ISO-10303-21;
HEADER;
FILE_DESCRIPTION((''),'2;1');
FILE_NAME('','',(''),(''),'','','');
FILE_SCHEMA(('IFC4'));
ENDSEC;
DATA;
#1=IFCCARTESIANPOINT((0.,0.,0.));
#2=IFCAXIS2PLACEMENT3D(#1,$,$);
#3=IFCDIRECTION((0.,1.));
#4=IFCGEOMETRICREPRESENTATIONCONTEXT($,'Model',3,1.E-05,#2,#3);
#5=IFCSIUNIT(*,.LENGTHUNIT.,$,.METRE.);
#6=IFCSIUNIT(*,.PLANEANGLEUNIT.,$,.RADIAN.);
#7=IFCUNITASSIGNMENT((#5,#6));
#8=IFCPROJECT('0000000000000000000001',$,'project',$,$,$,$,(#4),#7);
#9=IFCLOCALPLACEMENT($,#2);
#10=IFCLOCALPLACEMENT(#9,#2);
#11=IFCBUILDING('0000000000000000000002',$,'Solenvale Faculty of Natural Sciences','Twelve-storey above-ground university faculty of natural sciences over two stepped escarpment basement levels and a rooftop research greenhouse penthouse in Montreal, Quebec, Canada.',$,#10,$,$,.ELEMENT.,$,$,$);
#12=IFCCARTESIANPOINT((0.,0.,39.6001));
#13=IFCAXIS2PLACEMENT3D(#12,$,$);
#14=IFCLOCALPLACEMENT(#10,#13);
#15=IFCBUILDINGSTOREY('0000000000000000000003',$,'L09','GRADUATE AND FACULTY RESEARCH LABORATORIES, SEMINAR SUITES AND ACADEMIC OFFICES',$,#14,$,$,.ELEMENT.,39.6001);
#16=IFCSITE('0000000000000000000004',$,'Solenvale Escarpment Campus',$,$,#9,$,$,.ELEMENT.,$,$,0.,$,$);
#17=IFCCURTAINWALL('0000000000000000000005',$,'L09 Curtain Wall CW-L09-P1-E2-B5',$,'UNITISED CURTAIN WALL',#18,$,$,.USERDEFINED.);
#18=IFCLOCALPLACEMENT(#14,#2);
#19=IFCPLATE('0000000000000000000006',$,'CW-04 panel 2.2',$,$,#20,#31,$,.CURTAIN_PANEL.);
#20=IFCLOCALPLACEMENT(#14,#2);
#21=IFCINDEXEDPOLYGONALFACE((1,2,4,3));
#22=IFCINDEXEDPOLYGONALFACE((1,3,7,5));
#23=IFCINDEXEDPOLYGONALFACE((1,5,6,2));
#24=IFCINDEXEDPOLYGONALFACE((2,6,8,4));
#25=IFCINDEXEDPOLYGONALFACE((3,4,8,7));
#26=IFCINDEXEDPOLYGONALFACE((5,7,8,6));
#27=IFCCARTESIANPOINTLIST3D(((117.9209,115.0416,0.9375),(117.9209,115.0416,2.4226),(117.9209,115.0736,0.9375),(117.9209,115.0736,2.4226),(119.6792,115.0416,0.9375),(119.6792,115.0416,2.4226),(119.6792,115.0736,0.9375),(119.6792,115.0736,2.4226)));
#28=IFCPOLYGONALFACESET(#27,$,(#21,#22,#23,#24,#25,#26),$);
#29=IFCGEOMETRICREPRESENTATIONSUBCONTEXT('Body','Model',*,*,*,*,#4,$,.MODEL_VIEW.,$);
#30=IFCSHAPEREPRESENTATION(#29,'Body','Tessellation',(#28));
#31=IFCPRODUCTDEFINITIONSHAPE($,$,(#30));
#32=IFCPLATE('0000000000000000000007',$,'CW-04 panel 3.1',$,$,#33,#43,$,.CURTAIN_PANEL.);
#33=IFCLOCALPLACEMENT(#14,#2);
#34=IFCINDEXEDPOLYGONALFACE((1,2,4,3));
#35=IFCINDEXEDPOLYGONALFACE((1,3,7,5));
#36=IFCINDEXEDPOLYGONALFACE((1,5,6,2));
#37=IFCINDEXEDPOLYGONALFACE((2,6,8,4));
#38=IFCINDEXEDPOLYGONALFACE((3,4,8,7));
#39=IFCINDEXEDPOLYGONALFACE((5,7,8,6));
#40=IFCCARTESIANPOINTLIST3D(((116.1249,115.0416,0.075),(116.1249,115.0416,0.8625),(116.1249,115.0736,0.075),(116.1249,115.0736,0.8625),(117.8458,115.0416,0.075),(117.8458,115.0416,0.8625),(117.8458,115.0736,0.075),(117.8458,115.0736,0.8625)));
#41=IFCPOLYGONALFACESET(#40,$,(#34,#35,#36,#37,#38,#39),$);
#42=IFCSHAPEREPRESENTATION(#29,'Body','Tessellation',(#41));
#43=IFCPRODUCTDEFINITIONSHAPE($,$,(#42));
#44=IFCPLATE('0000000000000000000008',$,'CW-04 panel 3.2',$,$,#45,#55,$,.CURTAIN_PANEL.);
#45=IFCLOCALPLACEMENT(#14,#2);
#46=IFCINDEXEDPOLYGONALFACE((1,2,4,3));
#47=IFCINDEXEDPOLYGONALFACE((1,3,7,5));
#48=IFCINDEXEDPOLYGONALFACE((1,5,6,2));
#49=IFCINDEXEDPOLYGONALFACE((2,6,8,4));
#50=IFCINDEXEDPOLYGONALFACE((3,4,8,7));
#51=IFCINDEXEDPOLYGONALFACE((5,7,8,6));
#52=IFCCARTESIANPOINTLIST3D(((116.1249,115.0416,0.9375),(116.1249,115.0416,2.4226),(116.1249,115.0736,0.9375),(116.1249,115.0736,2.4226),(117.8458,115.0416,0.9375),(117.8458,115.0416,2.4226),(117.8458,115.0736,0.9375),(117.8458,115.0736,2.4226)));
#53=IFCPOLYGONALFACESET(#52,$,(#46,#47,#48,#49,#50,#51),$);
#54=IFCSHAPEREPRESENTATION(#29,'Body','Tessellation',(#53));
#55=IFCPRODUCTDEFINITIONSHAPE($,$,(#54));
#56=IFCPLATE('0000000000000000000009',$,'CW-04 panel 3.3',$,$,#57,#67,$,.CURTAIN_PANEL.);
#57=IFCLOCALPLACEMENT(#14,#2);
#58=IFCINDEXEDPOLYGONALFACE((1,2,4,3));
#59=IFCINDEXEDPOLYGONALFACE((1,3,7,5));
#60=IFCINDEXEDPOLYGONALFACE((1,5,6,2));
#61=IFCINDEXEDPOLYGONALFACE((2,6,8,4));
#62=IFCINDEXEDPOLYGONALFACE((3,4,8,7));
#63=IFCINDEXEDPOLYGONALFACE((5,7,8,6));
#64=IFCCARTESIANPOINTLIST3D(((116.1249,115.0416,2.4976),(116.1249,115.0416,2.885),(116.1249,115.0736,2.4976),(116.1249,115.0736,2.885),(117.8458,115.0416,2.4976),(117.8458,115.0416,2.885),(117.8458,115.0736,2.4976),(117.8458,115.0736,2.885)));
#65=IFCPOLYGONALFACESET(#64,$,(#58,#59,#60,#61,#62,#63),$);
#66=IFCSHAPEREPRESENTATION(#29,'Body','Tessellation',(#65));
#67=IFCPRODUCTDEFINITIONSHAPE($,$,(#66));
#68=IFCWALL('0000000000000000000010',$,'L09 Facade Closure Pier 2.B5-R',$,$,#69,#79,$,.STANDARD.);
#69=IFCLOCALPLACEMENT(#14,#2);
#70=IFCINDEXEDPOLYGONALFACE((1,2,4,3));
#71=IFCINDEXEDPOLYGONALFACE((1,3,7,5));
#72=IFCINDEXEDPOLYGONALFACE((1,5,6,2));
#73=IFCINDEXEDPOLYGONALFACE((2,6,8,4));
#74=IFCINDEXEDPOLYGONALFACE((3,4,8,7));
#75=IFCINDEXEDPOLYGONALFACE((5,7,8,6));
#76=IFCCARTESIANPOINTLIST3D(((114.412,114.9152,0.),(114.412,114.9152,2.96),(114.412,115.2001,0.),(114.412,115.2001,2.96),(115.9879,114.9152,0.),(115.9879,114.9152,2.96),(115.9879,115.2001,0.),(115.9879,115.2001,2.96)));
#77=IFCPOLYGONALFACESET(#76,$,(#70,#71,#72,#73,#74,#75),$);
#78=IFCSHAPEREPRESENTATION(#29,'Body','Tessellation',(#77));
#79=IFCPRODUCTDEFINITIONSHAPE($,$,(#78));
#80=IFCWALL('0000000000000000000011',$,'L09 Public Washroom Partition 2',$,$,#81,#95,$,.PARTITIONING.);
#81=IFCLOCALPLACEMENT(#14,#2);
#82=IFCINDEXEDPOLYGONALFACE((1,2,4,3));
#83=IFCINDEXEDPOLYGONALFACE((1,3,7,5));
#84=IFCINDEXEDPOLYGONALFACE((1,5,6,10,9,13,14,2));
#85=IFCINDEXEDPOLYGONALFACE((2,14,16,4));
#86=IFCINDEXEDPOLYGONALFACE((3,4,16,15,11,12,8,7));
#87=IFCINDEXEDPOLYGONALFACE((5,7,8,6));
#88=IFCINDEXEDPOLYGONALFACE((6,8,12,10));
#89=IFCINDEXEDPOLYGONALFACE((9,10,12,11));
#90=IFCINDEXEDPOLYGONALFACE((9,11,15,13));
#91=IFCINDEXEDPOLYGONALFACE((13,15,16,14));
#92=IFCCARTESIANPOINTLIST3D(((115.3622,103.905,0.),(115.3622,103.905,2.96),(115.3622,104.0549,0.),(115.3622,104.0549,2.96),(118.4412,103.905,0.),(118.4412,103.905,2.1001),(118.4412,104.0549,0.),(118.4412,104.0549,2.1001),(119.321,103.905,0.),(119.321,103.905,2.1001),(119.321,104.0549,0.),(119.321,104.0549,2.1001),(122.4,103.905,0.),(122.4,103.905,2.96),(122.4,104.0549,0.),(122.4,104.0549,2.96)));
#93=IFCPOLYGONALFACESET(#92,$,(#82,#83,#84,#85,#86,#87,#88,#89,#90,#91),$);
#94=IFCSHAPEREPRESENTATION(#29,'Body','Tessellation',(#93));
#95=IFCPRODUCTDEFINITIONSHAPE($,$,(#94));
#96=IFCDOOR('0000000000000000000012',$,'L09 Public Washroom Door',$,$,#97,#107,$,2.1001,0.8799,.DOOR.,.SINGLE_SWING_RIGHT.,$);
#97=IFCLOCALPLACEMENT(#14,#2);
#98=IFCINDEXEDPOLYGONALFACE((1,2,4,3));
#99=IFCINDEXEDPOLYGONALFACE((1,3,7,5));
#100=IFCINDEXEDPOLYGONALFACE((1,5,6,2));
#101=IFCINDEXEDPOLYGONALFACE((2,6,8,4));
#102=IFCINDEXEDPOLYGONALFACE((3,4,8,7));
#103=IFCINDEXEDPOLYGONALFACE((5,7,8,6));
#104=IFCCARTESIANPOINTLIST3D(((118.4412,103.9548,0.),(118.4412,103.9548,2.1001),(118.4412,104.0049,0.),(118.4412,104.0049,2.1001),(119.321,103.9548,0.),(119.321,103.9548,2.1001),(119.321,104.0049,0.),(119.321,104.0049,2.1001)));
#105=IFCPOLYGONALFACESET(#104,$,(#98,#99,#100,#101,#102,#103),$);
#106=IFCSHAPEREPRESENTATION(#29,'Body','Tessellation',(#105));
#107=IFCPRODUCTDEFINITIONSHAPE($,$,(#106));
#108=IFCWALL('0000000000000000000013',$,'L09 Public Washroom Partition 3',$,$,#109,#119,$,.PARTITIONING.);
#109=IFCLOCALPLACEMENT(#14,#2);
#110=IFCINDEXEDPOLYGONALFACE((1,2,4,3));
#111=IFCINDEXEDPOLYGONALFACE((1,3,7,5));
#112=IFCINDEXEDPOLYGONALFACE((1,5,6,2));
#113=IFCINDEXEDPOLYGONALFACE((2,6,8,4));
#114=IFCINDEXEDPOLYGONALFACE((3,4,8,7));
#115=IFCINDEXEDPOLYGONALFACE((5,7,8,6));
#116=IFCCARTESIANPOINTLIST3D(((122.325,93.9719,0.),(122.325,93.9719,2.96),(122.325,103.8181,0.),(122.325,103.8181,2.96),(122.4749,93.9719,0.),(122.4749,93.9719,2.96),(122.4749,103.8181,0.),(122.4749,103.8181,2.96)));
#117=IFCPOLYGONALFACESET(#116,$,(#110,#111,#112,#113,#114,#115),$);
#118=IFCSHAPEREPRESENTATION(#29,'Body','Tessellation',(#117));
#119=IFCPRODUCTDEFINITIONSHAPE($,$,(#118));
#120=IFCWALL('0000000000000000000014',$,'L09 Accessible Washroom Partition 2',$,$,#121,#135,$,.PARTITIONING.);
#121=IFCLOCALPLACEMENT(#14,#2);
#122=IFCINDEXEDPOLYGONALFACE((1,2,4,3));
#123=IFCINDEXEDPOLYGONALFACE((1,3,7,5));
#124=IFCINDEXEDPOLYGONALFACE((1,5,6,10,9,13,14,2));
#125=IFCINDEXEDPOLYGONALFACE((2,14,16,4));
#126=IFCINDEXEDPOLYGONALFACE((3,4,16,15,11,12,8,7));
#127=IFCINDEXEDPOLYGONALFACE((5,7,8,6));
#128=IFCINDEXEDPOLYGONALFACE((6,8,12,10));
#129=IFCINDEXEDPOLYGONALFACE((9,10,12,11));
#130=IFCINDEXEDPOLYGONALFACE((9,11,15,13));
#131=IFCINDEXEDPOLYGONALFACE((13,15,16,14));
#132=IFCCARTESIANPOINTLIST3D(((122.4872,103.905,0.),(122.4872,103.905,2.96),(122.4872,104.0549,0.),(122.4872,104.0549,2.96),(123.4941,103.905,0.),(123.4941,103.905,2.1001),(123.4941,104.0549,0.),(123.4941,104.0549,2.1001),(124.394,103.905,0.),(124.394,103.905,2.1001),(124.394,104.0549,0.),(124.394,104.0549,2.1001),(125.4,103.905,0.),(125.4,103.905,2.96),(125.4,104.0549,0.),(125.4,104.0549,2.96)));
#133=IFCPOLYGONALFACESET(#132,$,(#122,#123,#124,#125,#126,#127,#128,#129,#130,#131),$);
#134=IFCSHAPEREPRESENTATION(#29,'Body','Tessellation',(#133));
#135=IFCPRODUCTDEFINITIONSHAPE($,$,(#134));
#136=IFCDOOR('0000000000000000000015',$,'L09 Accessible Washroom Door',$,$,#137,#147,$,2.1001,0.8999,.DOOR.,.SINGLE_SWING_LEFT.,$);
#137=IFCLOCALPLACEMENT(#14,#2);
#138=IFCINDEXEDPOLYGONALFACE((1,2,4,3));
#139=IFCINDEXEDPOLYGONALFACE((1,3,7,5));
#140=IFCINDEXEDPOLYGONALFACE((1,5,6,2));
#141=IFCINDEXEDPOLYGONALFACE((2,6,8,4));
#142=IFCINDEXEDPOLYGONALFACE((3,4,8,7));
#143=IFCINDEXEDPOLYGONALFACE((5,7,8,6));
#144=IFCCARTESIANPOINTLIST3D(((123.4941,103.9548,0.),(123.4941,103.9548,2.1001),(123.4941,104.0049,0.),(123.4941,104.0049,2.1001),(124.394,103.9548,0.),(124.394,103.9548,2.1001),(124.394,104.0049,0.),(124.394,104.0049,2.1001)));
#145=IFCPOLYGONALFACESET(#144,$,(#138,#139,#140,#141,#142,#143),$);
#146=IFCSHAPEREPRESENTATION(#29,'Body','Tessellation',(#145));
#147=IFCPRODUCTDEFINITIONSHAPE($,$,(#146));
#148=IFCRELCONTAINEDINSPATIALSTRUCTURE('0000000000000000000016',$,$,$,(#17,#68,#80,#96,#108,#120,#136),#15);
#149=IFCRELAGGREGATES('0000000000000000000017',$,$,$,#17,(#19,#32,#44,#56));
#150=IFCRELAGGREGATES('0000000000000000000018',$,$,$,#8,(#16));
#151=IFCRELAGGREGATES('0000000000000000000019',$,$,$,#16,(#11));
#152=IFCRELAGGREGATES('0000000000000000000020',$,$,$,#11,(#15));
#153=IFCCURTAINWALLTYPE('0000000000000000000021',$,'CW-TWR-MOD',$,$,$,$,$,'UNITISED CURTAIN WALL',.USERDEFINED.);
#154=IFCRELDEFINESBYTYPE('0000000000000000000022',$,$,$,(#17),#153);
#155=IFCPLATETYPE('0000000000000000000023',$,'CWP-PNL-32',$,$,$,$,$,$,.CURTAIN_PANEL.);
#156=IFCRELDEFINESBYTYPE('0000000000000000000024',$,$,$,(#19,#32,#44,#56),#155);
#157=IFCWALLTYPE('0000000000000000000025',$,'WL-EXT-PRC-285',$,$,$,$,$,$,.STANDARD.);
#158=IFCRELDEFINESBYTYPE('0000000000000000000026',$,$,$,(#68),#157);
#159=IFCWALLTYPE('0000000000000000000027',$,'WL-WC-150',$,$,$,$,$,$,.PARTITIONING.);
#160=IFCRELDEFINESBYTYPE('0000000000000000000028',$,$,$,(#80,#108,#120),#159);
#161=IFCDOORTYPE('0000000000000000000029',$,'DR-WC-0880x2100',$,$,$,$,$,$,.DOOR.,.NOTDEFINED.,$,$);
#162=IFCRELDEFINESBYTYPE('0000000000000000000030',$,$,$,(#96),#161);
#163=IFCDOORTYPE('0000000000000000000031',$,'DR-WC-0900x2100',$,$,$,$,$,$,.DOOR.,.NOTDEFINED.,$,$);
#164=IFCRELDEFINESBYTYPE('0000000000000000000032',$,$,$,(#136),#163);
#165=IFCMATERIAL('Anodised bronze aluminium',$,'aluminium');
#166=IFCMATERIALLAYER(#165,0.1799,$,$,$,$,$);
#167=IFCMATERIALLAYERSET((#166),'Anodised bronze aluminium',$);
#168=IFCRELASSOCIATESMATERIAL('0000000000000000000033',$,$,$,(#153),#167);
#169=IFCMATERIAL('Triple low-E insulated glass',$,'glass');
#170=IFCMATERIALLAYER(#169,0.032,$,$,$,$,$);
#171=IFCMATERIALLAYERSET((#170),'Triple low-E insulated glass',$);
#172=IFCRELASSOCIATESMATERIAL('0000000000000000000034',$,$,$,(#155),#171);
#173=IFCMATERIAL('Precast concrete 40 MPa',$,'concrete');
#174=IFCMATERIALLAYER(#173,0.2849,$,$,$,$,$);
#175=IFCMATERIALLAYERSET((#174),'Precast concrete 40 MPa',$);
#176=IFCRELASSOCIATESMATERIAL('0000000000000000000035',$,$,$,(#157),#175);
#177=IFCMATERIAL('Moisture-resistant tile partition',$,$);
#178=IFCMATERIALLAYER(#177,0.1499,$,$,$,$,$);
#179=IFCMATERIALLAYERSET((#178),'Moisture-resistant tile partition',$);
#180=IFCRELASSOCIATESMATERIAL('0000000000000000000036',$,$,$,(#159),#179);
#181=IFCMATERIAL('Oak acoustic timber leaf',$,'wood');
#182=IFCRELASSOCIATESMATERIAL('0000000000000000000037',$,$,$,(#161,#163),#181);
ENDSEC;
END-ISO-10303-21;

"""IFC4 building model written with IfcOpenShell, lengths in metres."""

from ifc_helpers import new_model, si_unit, direction, frame, frame_2d, origin, origin_2d, place, context, subcontext, project, spatial, rectangle, extrude, material, layer, layer_set, type_object, element, fill, aggregate, save


model = new_model("IFC4")

# Units and contexts
model_context = context("Model", 3, precision=1e-05, world=origin(), true_north=direction((0.0, 1.0)))
body_context = subcontext(model_context, "Body", "Model", "MODEL_VIEW")
ifc_project = project(units=[si_unit("LENGTHUNIT", "METRE"), si_unit("PLANEANGLEUNIT", "RADIAN")], contexts=[model_context])

# Site, building, storey
site_placement = place(None, origin())
site = spatial("IfcSite", under=ifc_project, at=site_placement, Name="Solenvale Escarpment Campus", CompositionType="ELEMENT", RefElevation=0.0)
building_placement = place(site_placement, origin())
building = spatial("IfcBuilding", under=site, at=building_placement, Name="Solenvale Faculty of Natural Sciences", Description="Twelve-storey above-ground university faculty of natural sciences over two stepped escarpment basement levels and a rooftop research greenhouse penthouse in Montreal, Quebec, Canada.", CompositionType="ELEMENT")
storey_placement = place(building_placement, frame((0.0, 0.0, 39.6001)))
storey = spatial("IfcBuildingStorey", under=building, at=storey_placement, Name="L09", Description="GRADUATE AND FACULTY RESEARCH LABORATORIES, SEMINAR SUITES AND ACADEMIC OFFICES", CompositionType="ELEMENT", Elevation=39.6001)

# Curtain wall, plates
ifc_material_1 = material(Name="Anodised bronze aluminium", Category="aluminium")
ifc_layer_1 = layer(ifc_material_1, 0.1799)
ifc_layer_set_1 = layer_set([ifc_layer_1], Name="Anodised bronze aluminium")
curtain_wall_type = type_object("IfcCurtainWallType", Name="CW-TWR-MOD", ElementType="UNITISED CURTAIN WALL", PredefinedType="USERDEFINED", material=ifc_layer_set_1)
curtain_wall_placement = place(storey_placement, origin())
curtain_wall = element("IfcCurtainWall", 1, at=curtain_wall_placement, inside=storey, type_object=curtain_wall_type, Name="L09 Curtain Wall CW-L09-P1-E2-B5", ObjectType="UNITISED CURTAIN WALL", PredefinedType="USERDEFINED")
ifc_material_2 = material(Name="Triple low-E insulated glass", Category="glass")
ifc_layer_2 = layer(ifc_material_2, 0.032)
ifc_layer_set_2 = layer_set([ifc_layer_2], Name="Triple low-E insulated glass")
plate_type = type_object("IfcPlateType", Name="CWP-PNL-32", PredefinedType="CURTAIN_PANEL", material=ifc_layer_set_2)
plate_1_placement = place(storey_placement, frame((118.8, 115.0576, 0.9375), z_axis=(0.0, 0.0, 1.0), x_axis=(-1.0, 0.0, 0.0)))
plate_1 = element("IfcPlate", 2, at=plate_1_placement, type_object=plate_type, Name="CW-04 panel 2.2", PredefinedType="CURTAIN_PANEL", context=body_context, shape_type="SweptSolid", body=[
    extrude(rectangle(XDim=1.7583, YDim=0.032, at=origin_2d()), origin(), (0.0, 0.0, 1.0), 1.4851),
])
plate_2_placement = place(storey_placement, frame((116.9854, 115.0576, 0.075), z_axis=(0.0, 0.0, 1.0), x_axis=(-1.0, 0.0, 0.0)))
plate_2 = element("IfcPlate", 3, at=plate_2_placement, type_object=plate_type, Name="CW-04 panel 3.1", PredefinedType="CURTAIN_PANEL", context=body_context, shape_type="SweptSolid", body=[
    extrude(rectangle(XDim=1.7209, YDim=0.032, at=origin_2d()), origin(), (0.0, 0.0, 1.0), 0.7876),
])
plate_3_placement = place(storey_placement, frame((116.9854, 115.0576, 0.9375), z_axis=(0.0, 0.0, 1.0), x_axis=(-1.0, 0.0, 0.0)))
plate_3 = element("IfcPlate", 4, at=plate_3_placement, type_object=plate_type, Name="CW-04 panel 3.2", PredefinedType="CURTAIN_PANEL", context=body_context, shape_type="SweptSolid", body=[
    extrude(rectangle(XDim=1.7209, YDim=0.032, at=origin_2d()), origin(), (0.0, 0.0, 1.0), 1.4851),
])
plate_4_placement = place(storey_placement, frame((116.9854, 115.0576, 2.4976), z_axis=(0.0, 0.0, 1.0), x_axis=(-1.0, 0.0, 0.0)))
plate_4 = element("IfcPlate", 5, at=plate_4_placement, type_object=plate_type, Name="CW-04 panel 3.3", PredefinedType="CURTAIN_PANEL", context=body_context, shape_type="SweptSolid", body=[
    extrude(rectangle(XDim=1.7209, YDim=0.032, at=origin_2d()), origin(), (0.0, 0.0, 1.0), 0.3875),
])
aggregate(curtain_wall, [plate_1, plate_2, plate_3, plate_4])

# Wall
ifc_material_3 = material(Name="Precast concrete 40 MPa", Category="concrete")
ifc_layer_3 = layer(ifc_material_3, 0.2849)
ifc_layer_set_3 = layer_set([ifc_layer_3], Name="Precast concrete 40 MPa")
wall_type_1 = type_object("IfcWallType", Name="WL-EXT-PRC-285", PredefinedType="STANDARD", material=ifc_layer_set_3)
wall_1_placement = place(storey_placement, frame((115.988, 115.0576, 0.0), z_axis=(0.0, 0.0, 1.0), x_axis=(-1.0, 0.0, 0.0)))
element("IfcWall", 6, at=wall_1_placement, inside=storey, type_object=wall_type_1, Name="L09 Facade Closure Pier 2.B5-R", PredefinedType="STANDARD", context=body_context, shape_type="SweptSolid", body=[
    extrude(rectangle(XDim=1.5759, YDim=0.2849, at=frame_2d((0.7881, 0.0))), origin(), (0.0, 0.0, 1.0), 2.96),
])

# Wall, opening, door
ifc_material_4 = material(Name="Moisture-resistant tile partition")
ifc_layer_4 = layer(ifc_material_4, 0.1499)
ifc_layer_set_4 = layer_set([ifc_layer_4], Name="Moisture-resistant tile partition")
wall_type_2 = type_object("IfcWallType", Name="WL-WC-150", PredefinedType="PARTITIONING", material=ifc_layer_set_4)
wall_2_placement = place(storey_placement, frame((115.3621, 103.98, 0.0), z_axis=(0.0, 0.0, 1.0), x_axis=(1.0, 0.0, 0.0)))
wall_2 = element("IfcWall", 7, at=wall_2_placement, inside=storey, type_object=wall_type_2, Name="L09 Public Washroom Partition 2", PredefinedType="PARTITIONING", context=body_context, shape_type="SweptSolid", body=[
    extrude(rectangle(XDim=7.0378, YDim=0.1499, at=frame_2d((3.519, 0.0))), origin(), (0.0, 0.0, 1.0), 2.96),
])
opening_1_placement = place(wall_2_placement, frame((3.0791, 0.0, 0.0)))
opening_1 = element("IfcOpeningElement", 8, at=opening_1_placement, cuts=wall_2, PredefinedType="OPENING", context=body_context, shape_type="SweptSolid", body=[
    extrude(rectangle(XDim=0.8799, YDim=2.1001, at=frame_2d((0.4399, 1.05))), frame((0.0, 0.085, 0.0), z_axis=(0.0, -1.0, 0.0), x_axis=(1.0, 0.0, 0.0)), (0.0, 0.0, 1.0), 0.1699),
])
ifc_material_5 = material(Name="Oak acoustic timber leaf", Category="wood")
door_type_1 = type_object("IfcDoorType", Name="DR-WC-0880x2100", OperationType="NOTDEFINED", PredefinedType="DOOR", material=ifc_material_5)
door_1_placement = place(opening_1_placement, origin())
door_1 = element("IfcDoor", 9, at=door_1_placement, inside=storey, type_object=door_type_1, Name="L09 Public Washroom Door", OperationType="SINGLE_SWING_RIGHT", OverallHeight=2.1001, OverallWidth=0.8799, PredefinedType="DOOR", context=body_context, shape_type="SweptSolid", body=[
    extrude(rectangle(XDim=0.8799, YDim=2.1001, at=frame_2d((0.4399, 1.05))), frame((0.0, 0.0249, 0.0), z_axis=(0.0, -1.0, 0.0), x_axis=(1.0, 0.0, 0.0)), (0.0, 0.0, 1.0), 0.05),
])
fill(opening_1, door_1)

# Wall
wall_3_placement = place(storey_placement, frame((122.3999, 103.8181, 0.0), z_axis=(0.0, 0.0, 1.0), x_axis=(0.0, -1.0, 0.0)))
element("IfcWall", 10, at=wall_3_placement, inside=storey, type_object=wall_type_2, Name="L09 Public Washroom Partition 3", PredefinedType="PARTITIONING", context=body_context, shape_type="SweptSolid", body=[
    extrude(rectangle(XDim=9.8462, YDim=0.1499, at=frame_2d((4.9231, 0.0))), origin(), (0.0, 0.0, 1.0), 2.96),
])

# Wall, opening, door
wall_4_placement = place(storey_placement, frame((122.4871, 103.98, 0.0), z_axis=(0.0, 0.0, 1.0), x_axis=(1.0, 0.0, 0.0)))
wall_4 = element("IfcWall", 11, at=wall_4_placement, inside=storey, type_object=wall_type_2, Name="L09 Accessible Washroom Partition 2", PredefinedType="PARTITIONING", context=body_context, shape_type="SweptSolid", body=[
    extrude(rectangle(XDim=2.9128, YDim=0.1499, at=frame_2d((1.4565, 0.0))), origin(), (0.0, 0.0, 1.0), 2.96),
])
opening_2_placement = place(wall_4_placement, frame((1.0071, 0.0, 0.0)))
opening_2 = element("IfcOpeningElement", 12, at=opening_2_placement, cuts=wall_4, PredefinedType="OPENING", context=body_context, shape_type="SweptSolid", body=[
    extrude(rectangle(XDim=0.8999, YDim=2.1001, at=frame_2d((0.45, 1.05))), frame((0.0, 0.085, 0.0), z_axis=(0.0, -1.0, 0.0), x_axis=(1.0, 0.0, 0.0)), (0.0, 0.0, 1.0), 0.1699),
])
door_type_2 = type_object("IfcDoorType", Name="DR-WC-0900x2100", OperationType="NOTDEFINED", PredefinedType="DOOR", material=ifc_material_5)
door_2_placement = place(opening_2_placement, origin())
door_2 = element("IfcDoor", 13, at=door_2_placement, inside=storey, type_object=door_type_2, Name="L09 Accessible Washroom Door", OperationType="SINGLE_SWING_LEFT", OverallHeight=2.1001, OverallWidth=0.8999, PredefinedType="DOOR", context=body_context, shape_type="SweptSolid", body=[
    extrude(rectangle(XDim=0.8999, YDim=2.1001, at=frame_2d((0.45, 1.05))), frame((0.0, 0.0249, 0.0), z_axis=(0.0, -1.0, 0.0), x_axis=(1.0, 0.0, 0.0)), (0.0, 0.0, 1.0), 0.05),
])
fill(opening_2, door_2)

save(model, "model.ifc")
